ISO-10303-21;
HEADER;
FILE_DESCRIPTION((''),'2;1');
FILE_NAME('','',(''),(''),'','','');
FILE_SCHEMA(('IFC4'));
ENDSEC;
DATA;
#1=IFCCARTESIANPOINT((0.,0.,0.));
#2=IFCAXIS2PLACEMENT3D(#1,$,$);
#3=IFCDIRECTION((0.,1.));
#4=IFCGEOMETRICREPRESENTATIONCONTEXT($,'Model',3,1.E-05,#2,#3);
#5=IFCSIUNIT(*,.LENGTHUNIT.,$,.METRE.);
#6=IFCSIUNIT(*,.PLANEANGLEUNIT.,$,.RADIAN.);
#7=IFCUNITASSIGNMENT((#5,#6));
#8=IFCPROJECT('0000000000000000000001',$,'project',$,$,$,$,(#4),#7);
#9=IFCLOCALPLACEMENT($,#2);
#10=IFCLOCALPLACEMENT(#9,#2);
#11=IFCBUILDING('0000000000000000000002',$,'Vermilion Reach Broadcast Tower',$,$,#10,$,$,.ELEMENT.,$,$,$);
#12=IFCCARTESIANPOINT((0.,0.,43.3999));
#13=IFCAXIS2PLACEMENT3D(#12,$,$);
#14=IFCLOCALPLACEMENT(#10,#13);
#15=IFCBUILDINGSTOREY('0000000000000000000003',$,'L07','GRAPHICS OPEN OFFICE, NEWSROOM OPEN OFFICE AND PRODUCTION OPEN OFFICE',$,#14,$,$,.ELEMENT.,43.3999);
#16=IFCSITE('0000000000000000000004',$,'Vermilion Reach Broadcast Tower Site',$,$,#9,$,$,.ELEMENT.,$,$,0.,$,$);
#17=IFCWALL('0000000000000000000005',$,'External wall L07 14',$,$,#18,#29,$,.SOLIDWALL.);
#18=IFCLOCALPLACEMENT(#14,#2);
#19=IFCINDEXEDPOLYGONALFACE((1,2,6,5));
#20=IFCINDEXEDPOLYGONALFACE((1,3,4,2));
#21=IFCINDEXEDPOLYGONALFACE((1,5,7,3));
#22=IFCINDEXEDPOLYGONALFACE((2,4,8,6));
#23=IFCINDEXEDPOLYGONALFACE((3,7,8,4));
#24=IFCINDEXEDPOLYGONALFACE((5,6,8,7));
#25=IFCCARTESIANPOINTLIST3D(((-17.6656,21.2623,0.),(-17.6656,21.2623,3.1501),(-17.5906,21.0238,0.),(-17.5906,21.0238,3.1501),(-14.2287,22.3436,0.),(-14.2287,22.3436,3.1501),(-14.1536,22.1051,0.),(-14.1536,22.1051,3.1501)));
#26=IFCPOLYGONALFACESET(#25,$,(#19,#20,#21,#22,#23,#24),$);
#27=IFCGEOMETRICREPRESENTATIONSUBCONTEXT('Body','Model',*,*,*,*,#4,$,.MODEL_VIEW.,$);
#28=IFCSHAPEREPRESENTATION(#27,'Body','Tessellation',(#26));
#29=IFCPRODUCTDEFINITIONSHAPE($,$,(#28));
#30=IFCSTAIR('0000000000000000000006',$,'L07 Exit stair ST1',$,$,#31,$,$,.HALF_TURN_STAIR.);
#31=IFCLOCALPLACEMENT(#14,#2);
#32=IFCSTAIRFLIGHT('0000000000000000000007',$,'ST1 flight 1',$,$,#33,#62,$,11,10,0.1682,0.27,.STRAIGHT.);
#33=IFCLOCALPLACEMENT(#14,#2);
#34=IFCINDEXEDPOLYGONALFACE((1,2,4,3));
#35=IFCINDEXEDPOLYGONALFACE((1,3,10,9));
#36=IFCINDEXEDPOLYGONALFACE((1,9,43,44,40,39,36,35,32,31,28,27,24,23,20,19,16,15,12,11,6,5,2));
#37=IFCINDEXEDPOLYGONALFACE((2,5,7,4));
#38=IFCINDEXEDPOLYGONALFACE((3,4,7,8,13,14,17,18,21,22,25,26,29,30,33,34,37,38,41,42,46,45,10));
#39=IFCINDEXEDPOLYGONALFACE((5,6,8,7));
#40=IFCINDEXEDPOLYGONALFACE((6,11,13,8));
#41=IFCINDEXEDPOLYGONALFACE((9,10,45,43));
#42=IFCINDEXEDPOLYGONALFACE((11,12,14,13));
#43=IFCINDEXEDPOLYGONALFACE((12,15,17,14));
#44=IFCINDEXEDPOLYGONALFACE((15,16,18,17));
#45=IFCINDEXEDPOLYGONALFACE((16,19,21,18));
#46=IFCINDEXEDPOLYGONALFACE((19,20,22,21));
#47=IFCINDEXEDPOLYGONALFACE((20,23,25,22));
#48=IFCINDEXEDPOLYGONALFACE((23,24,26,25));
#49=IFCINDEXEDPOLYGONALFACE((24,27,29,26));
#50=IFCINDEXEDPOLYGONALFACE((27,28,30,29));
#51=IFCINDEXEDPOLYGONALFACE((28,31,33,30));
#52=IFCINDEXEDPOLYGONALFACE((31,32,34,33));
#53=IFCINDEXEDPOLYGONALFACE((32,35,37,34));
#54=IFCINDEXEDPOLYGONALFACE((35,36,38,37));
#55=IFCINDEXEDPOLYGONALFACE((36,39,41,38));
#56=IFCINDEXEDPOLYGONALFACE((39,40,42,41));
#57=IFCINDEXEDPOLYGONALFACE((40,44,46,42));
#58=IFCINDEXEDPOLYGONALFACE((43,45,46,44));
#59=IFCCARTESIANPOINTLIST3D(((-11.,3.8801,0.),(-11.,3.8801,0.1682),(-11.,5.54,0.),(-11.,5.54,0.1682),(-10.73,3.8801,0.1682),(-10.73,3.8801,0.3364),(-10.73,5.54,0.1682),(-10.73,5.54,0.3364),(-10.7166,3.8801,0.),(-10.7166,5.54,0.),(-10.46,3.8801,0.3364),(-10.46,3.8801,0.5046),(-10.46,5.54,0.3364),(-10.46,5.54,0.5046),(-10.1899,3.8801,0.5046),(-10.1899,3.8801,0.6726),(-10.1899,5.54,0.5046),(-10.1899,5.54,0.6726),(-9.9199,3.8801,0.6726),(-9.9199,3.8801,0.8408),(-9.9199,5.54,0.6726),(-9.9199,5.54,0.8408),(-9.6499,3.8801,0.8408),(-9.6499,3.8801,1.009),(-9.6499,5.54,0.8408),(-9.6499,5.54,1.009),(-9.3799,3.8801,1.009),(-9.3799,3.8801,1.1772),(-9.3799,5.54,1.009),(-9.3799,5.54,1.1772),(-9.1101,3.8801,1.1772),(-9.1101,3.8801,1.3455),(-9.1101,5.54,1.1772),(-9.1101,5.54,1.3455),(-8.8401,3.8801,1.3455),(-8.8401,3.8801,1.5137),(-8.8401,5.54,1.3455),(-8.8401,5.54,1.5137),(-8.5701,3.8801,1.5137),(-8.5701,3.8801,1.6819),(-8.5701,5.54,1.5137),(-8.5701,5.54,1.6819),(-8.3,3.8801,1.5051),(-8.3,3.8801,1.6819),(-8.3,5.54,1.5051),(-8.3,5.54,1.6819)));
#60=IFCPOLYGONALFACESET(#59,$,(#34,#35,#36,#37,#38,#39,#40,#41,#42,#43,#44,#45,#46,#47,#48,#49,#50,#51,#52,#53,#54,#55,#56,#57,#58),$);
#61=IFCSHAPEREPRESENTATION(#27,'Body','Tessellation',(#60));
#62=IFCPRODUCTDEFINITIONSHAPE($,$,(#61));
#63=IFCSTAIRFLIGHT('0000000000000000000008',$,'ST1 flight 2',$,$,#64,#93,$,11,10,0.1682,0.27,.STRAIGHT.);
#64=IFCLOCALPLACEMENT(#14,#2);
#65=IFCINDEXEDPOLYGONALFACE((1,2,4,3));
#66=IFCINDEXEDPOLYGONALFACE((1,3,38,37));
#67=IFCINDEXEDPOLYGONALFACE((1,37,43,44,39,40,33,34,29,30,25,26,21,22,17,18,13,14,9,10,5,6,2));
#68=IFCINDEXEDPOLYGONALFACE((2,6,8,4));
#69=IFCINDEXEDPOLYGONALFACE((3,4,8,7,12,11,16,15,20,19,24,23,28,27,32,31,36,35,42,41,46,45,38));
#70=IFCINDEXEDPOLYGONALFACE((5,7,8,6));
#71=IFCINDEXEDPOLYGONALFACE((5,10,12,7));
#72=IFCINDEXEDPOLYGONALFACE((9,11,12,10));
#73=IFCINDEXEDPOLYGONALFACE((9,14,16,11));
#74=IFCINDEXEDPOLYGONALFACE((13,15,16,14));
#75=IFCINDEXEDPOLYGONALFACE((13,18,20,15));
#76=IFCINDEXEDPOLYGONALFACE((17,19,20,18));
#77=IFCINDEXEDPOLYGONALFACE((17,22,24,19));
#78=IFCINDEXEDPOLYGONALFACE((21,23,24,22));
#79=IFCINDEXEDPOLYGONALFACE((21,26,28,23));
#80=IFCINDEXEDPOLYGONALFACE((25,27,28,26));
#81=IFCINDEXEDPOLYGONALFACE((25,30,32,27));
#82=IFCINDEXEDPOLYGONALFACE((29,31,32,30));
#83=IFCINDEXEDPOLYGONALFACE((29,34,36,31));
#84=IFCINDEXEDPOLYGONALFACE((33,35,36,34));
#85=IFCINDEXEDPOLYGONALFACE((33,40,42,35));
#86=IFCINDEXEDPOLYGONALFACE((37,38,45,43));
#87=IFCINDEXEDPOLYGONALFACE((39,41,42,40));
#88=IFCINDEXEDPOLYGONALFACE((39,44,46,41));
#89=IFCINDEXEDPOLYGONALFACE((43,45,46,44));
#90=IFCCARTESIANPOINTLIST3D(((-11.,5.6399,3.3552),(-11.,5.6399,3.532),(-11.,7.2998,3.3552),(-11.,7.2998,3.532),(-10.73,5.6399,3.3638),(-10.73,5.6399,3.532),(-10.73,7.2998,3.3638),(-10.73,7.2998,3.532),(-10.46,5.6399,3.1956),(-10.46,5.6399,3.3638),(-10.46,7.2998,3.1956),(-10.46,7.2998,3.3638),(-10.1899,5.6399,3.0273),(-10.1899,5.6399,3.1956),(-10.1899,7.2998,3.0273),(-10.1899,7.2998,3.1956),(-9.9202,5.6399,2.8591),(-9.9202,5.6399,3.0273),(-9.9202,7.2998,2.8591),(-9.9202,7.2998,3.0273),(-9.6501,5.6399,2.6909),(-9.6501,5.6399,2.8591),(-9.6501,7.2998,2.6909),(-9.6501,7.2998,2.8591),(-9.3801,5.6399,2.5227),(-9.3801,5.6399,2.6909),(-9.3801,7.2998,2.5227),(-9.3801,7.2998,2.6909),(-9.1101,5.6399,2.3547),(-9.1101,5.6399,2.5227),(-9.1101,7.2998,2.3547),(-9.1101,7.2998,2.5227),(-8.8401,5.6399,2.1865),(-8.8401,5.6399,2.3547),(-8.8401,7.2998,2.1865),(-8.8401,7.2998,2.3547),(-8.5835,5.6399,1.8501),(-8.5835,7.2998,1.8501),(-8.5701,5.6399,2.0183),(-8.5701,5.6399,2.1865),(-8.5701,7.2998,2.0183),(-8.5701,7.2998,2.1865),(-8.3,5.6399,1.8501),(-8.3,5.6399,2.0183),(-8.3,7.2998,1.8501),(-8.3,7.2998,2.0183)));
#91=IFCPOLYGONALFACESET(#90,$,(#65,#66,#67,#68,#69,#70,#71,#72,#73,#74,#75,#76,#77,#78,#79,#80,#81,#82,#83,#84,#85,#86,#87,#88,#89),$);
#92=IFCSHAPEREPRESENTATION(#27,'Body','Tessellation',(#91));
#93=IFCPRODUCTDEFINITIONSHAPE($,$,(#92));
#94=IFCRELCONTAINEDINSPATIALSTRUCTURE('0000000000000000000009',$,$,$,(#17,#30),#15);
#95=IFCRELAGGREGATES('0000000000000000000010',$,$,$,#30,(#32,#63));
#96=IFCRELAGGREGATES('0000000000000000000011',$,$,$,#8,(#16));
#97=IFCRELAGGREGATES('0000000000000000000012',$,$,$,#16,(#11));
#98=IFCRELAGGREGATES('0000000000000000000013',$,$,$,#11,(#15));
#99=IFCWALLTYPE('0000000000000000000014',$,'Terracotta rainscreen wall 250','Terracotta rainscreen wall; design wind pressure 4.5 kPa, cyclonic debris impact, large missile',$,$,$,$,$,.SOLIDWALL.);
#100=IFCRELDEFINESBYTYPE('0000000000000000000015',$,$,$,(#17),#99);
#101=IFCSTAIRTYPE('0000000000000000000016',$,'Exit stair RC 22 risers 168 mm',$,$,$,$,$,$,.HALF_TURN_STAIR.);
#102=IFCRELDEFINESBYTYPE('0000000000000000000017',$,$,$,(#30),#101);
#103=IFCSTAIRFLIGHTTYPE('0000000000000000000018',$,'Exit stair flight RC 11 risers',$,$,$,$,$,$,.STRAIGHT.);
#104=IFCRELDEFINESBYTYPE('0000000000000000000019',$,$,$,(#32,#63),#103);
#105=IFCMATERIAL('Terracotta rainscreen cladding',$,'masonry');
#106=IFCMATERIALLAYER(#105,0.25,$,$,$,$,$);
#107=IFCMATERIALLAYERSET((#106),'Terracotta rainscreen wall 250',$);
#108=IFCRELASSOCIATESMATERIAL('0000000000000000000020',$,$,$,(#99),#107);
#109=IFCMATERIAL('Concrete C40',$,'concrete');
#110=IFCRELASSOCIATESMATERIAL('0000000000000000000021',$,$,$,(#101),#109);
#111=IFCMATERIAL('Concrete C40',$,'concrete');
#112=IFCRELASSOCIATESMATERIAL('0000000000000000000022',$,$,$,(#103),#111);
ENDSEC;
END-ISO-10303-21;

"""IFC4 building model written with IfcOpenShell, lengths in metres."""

from ifc_helpers import new_model, si_unit, direction, frame, frame_2d, origin, place, context, subcontext, project, spatial, polyline, rectangle, outline, extrude, material, layer, layer_set, type_object, element, aggregate, save


model = new_model("IFC4")

# Units and contexts
model_context = context("Model", 3, precision=1e-05, world=origin(), true_north=direction((0.0, 1.0)))
body_context = subcontext(model_context, "Body", "Model", "MODEL_VIEW")
ifc_project = project(units=[si_unit("LENGTHUNIT", "METRE"), si_unit("PLANEANGLEUNIT", "RADIAN")], contexts=[model_context])

# Site, building, storey
site_placement = place(None, origin())
site = spatial("IfcSite", under=ifc_project, at=site_placement, Name="Vermilion Reach Broadcast Tower Site", CompositionType="ELEMENT", RefElevation=0.0)
building_placement = place(site_placement, origin())
building = spatial("IfcBuilding", under=site, at=building_placement, Name="Vermilion Reach Broadcast Tower", CompositionType="ELEMENT")
storey_placement = place(building_placement, frame((0.0, 0.0, 43.3999)))
storey = spatial("IfcBuildingStorey", under=building, at=storey_placement, Name="L07", Description="GRAPHICS OPEN OFFICE, NEWSROOM OPEN OFFICE AND PRODUCTION OPEN OFFICE", CompositionType="ELEMENT", Elevation=43.3999)

# Shared definitions
placement = place(storey_placement, origin())

# Wall
ifc_material_1 = material(Name="Terracotta rainscreen cladding", Category="masonry")
ifc_layer_1 = layer(ifc_material_1, 0.25)
ifc_layer_set_1 = layer_set([ifc_layer_1], Name="Terracotta rainscreen wall 250")
wall_type_1 = type_object("IfcWallType", Name="Terracotta rainscreen wall 250", Description="Terracotta rainscreen wall; design wind pressure 4.5 kPa, cyclonic debris impact, large missile", PredefinedType="SOLIDWALL", material=ifc_layer_set_1)
wall_1_placement = place(storey_placement, frame((-14.1912, 22.2244, 0.0), z_axis=(0.0, 0.0, 1.0), x_axis=(-0.953907, -0.300103, 0.0)))
element("IfcWall", 1, at=wall_1_placement, inside=storey, type_object=wall_type_1, Name="External wall L07 14", PredefinedType="SOLIDWALL", context=body_context, shape_type="SweptSolid", body=[
    extrude(rectangle(XDim=3.603, YDim=0.25, at=frame_2d((1.8015, 0.0))), origin(), (0.0, 0.0, 1.0), 3.1501),
])

# Stair, stair flights
ifc_material_2 = material(Name="Concrete C40", Category="concrete")
stair_type = type_object("IfcStairType", Name="Exit stair RC 22 risers 168 mm", PredefinedType="HALF_TURN_STAIR", material=ifc_material_2)
stair = element("IfcStair", 2, at=placement, inside=storey, type_object=stair_type, Name="L07 Exit stair ST1", PredefinedType="HALF_TURN_STAIR")
ifc_material_3 = material(Name="Concrete C40", Category="concrete")
stair_flight_type = type_object("IfcStairFlightType", Name="Exit stair flight RC 11 risers", PredefinedType="STRAIGHT", material=ifc_material_3)
stair_flight_1_placement = place(storey_placement, frame((-11.0, 4.71, 0.0), z_axis=(0.0, 0.0, 1.0), x_axis=(1.0, 0.0, 0.0)))
stair_flight_1 = element("IfcStairFlight", 3, at=stair_flight_1_placement, type_object=stair_flight_type, Name="ST1 flight 1", NumberOfRisers=11, NumberOfTreads=10, PredefinedType="STRAIGHT", RiserHeight=0.1682, TreadLength=0.27, context=body_context, shape_type="SweptSolid", body=[
    extrude(outline(polyline([(0.0, 0.0), (0.0, 0.1682), (0.27, 0.1682), (0.27, 0.3364), (0.54, 0.3364), (0.54, 0.5046), (0.8101, 0.5046), (0.8101, 0.6726), (1.0801, 0.6726), (1.0801, 0.8408), (1.3501, 0.8408), (1.3501, 1.009), (1.6201, 1.009), (1.6201, 1.1772), (1.8899, 1.1772), (1.8899, 1.3455), (2.1599, 1.3455), (2.1599, 1.5137), (2.4299, 1.5137), (2.4299, 1.6819), (2.7, 1.6819), (2.7, 1.8501), (2.7, 1.5051), (0.2834, 0.0), (0.0, 0.0)])), frame((0.0, 0.8301, 0.0), z_axis=(0.0, -1.0, 0.0), x_axis=(1.0, 0.0, 0.0)), (0.0, 0.0, 1.0), 1.6599),
])
stair_flight_2_placement = place(storey_placement, frame((-8.3, 6.47, 1.8501), z_axis=(0.0, 0.0, 1.0), x_axis=(-1.0, 0.0, 0.0)))
stair_flight_2 = element("IfcStairFlight", 4, at=stair_flight_2_placement, type_object=stair_flight_type, Name="ST1 flight 2", NumberOfRisers=11, NumberOfTreads=10, PredefinedType="STRAIGHT", RiserHeight=0.1682, TreadLength=0.27, context=body_context, shape_type="SweptSolid", body=[
    extrude(outline(polyline([(0.0, 0.0), (0.0, 0.1682), (0.27, 0.1682), (0.27, 0.3364), (0.54, 0.3364), (0.54, 0.5046), (0.8101, 0.5046), (0.8101, 0.6726), (1.0801, 0.6726), (1.0801, 0.8408), (1.3501, 0.8408), (1.3501, 1.009), (1.6201, 1.009), (1.6201, 1.1772), (1.8899, 1.1772), (1.8899, 1.3455), (2.1599, 1.3455), (2.1599, 1.5137), (2.4299, 1.5137), (2.4299, 1.6819), (2.7, 1.6819), (2.7, 1.8501), (2.7, 1.5051), (0.2834, 0.0), (0.0, 0.0)])), frame((0.0, 0.8301, 0.0), z_axis=(0.0, -1.0, 0.0), x_axis=(1.0, 0.0, 0.0)), (0.0, 0.0, 1.0), 1.6599),
])
aggregate(stair, [stair_flight_1, stair_flight_2])

save(model, "model.ifc")
